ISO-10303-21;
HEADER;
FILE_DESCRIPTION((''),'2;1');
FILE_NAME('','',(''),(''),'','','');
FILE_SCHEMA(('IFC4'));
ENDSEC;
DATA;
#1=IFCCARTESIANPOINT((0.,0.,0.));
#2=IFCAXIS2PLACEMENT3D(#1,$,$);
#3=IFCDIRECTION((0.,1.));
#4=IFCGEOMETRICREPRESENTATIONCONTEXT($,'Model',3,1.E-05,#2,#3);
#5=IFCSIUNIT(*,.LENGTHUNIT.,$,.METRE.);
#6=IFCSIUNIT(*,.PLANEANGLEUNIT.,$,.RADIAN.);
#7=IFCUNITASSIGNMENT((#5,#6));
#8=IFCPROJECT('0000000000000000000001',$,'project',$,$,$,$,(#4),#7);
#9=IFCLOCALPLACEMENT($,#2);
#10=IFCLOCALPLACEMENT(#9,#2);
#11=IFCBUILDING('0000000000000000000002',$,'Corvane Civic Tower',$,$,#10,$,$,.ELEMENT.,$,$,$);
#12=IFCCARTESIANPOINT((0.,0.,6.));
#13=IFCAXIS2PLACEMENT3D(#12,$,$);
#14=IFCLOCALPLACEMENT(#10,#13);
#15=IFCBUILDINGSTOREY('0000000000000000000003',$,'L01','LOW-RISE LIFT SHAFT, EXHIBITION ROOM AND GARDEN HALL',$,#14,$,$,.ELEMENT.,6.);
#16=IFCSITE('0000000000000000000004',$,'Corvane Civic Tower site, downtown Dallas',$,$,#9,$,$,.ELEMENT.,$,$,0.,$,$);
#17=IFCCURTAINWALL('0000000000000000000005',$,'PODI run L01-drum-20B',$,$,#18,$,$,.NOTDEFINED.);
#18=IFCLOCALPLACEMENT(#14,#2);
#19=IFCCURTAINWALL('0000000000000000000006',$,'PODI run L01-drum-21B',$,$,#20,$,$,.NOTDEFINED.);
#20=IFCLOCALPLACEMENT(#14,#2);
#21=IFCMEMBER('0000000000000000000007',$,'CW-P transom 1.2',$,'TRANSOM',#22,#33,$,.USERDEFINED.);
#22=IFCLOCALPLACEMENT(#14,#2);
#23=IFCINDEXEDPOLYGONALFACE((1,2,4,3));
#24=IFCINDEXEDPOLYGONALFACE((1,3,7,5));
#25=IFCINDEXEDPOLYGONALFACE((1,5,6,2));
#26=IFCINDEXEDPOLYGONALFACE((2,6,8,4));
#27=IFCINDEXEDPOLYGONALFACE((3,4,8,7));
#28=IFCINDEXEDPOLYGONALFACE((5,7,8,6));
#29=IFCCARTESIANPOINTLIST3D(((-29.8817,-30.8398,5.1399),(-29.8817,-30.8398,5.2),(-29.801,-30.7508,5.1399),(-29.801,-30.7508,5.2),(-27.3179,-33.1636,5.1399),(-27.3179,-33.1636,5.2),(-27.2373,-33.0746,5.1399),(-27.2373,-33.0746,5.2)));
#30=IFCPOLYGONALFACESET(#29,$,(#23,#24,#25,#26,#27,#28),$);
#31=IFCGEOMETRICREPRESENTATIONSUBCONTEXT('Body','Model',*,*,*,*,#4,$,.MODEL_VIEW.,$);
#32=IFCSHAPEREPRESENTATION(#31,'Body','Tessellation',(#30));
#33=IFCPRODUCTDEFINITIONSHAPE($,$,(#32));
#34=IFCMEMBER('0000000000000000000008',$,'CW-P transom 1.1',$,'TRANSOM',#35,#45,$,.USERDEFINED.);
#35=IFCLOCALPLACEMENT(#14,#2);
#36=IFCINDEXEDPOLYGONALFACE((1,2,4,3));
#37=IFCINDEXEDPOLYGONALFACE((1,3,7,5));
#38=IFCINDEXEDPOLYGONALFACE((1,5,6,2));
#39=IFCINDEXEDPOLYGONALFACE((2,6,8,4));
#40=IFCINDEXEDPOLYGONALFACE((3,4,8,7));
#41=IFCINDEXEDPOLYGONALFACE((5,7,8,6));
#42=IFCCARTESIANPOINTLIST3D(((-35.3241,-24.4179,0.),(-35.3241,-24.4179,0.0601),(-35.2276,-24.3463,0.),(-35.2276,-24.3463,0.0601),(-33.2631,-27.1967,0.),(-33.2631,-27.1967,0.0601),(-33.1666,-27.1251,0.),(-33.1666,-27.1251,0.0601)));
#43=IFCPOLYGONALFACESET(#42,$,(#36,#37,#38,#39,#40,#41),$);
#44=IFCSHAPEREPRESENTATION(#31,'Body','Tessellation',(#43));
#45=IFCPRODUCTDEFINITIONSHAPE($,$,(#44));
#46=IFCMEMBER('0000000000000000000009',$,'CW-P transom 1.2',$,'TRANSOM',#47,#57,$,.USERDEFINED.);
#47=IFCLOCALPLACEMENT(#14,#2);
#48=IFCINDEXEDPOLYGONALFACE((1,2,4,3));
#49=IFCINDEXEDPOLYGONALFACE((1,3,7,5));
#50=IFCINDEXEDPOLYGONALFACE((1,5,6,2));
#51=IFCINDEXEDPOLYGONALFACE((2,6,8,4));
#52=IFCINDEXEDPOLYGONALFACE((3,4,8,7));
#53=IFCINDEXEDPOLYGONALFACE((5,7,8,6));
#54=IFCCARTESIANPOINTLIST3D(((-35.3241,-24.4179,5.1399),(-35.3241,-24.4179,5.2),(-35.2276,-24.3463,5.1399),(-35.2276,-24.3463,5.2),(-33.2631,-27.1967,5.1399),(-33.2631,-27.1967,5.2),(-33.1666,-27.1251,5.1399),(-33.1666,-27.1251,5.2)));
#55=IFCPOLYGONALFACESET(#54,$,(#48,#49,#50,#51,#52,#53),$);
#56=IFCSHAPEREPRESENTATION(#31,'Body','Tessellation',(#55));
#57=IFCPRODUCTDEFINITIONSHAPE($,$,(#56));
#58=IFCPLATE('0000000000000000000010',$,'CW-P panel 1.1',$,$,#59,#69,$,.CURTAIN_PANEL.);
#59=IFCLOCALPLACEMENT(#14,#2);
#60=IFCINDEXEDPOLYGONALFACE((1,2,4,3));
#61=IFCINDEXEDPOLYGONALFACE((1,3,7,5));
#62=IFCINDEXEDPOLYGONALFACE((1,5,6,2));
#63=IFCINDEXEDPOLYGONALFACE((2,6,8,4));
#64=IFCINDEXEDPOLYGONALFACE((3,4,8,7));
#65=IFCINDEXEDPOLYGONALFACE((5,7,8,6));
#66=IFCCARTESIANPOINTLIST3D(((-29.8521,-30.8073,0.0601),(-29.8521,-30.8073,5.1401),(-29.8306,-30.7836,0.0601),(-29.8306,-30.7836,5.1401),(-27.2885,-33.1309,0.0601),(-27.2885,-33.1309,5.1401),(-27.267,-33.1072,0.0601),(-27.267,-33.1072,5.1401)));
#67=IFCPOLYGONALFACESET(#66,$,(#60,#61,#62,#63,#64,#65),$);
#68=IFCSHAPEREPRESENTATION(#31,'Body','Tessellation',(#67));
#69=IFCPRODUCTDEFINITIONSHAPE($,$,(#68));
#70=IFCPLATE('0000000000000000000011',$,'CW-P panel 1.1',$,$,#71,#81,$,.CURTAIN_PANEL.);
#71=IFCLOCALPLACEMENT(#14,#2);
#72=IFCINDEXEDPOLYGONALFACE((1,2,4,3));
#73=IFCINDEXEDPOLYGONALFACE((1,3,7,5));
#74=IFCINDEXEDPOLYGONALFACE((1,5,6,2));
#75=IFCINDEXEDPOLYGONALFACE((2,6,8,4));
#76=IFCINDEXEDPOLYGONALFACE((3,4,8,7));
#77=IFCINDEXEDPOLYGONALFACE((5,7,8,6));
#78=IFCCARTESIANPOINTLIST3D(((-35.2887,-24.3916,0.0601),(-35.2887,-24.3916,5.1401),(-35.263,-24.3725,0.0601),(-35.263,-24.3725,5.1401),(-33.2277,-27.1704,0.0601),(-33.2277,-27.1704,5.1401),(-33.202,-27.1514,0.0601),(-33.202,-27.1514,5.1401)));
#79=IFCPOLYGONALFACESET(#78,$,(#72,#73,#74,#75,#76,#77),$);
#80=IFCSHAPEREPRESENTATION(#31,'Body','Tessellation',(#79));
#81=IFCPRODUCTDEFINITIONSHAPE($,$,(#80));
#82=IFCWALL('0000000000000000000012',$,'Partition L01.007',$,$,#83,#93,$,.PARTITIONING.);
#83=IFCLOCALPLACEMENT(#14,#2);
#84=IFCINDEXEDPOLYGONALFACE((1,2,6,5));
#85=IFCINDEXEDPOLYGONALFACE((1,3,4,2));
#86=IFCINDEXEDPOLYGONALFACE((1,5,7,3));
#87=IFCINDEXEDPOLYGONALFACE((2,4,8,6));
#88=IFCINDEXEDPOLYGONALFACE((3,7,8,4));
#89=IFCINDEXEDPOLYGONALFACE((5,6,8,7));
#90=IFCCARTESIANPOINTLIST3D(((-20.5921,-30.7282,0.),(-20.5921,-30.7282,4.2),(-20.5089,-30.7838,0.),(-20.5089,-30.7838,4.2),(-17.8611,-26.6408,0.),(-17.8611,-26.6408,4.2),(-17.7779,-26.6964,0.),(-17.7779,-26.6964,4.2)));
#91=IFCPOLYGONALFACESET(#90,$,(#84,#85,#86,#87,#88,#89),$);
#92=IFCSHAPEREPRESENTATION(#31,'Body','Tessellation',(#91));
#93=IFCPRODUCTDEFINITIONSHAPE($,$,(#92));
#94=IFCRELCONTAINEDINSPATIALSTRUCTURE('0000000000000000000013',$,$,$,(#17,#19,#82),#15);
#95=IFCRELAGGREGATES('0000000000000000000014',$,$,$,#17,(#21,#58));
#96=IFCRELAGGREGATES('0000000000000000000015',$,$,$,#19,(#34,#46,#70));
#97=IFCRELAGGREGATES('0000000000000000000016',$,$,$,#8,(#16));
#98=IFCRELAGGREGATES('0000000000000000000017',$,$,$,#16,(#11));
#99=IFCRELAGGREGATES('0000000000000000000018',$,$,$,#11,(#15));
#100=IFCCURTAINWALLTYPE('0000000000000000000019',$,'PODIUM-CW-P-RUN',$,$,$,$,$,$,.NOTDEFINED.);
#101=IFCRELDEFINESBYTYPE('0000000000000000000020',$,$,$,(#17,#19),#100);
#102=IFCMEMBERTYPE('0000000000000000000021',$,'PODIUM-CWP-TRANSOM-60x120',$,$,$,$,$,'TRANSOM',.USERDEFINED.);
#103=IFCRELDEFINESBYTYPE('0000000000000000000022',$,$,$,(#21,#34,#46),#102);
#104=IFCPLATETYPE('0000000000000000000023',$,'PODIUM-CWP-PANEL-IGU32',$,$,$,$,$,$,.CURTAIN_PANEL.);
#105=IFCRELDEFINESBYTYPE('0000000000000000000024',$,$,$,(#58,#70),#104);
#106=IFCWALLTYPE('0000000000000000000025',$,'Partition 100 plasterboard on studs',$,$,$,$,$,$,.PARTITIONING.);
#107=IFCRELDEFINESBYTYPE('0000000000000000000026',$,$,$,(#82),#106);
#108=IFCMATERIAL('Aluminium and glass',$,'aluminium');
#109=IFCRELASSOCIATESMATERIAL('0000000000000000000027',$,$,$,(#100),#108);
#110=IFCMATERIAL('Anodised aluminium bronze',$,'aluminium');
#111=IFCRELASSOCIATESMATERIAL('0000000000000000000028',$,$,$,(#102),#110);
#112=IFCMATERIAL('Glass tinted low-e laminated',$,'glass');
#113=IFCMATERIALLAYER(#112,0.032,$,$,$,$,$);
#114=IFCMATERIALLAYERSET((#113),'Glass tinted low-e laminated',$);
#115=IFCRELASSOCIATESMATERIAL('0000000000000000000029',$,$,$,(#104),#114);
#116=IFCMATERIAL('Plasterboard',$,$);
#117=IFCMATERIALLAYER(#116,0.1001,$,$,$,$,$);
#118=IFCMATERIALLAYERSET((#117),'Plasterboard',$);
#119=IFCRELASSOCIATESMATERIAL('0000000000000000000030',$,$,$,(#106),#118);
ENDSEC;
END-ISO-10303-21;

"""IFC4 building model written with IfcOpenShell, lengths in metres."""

from ifc_helpers import new_model, si_unit, direction, frame, frame_2d, origin, origin_2d, place, context, subcontext, project, spatial, rectangle, extrude, material, layer, layer_set, material_profile, profile_set, type_object, element, aggregate, save


model = new_model("IFC4")

# Units and contexts
model_context = context("Model", 3, precision=1e-05, world=origin(), true_north=direction((0.0, 1.0)))
body_context = subcontext(model_context, "Body", "Model", "MODEL_VIEW")
ifc_project = project(units=[si_unit("LENGTHUNIT", "METRE"), si_unit("PLANEANGLEUNIT", "RADIAN")], contexts=[model_context])

# Site, building, storey
site_placement = place(None, origin())
site = spatial("IfcSite", under=ifc_project, at=site_placement, Name="Corvane Civic Tower site, downtown Dallas", CompositionType="ELEMENT", RefElevation=0.0)
building_placement = place(site_placement, origin())
building = spatial("IfcBuilding", under=site, at=building_placement, Name="Corvane Civic Tower", CompositionType="ELEMENT")
storey_placement = place(building_placement, frame((0.0, 0.0, 6.0)))
storey = spatial("IfcBuildingStorey", under=building, at=storey_placement, Name="L01", Description="LOW-RISE LIFT SHAFT, EXHIBITION ROOM AND GARDEN HALL", CompositionType="ELEMENT", Elevation=6.0)

# Curtain wall
ifc_material_1 = material(Name="Aluminium and glass", Category="aluminium")
curtain_wall_type = type_object("IfcCurtainWallType", Name="PODIUM-CW-P-RUN", PredefinedType="NOTDEFINED", material=ifc_material_1)
curtain_wall_1_placement = place(storey_placement, origin())
curtain_wall_1 = element("IfcCurtainWall", 1, at=curtain_wall_1_placement, inside=storey, type_object=curtain_wall_type, Name="PODI run L01-drum-20B", PredefinedType="NOTDEFINED")

# Curtain wall
curtain_wall_2_placement = place(storey_placement, origin())
curtain_wall_2 = element("IfcCurtainWall", 2, at=curtain_wall_2_placement, inside=storey, type_object=curtain_wall_type, Name="PODI run L01-drum-21B", PredefinedType="NOTDEFINED")

# Members
ifc_material_2 = material(Name="Anodised aluminium bronze", Category="aluminium")
ifc_material_profile_1 = material_profile(ifc_material_2, rectangle(XDim=0.1201, YDim=0.0601, at=origin_2d()), Name="AL 120x60")
ifc_profile_set_1 = profile_set([ifc_material_profile_1], Name="Anodised aluminium bronze")
member_type_1 = type_object("IfcMemberType", Name="PODIUM-CWP-TRANSOM-60x120", ElementType="TRANSOM", PredefinedType="USERDEFINED", material=ifc_profile_set_1)
member_1_placement = place(storey_placement, frame((-27.2776, -33.1191, 5.1699), z_axis=(-0.740935, 0.671576, 0.0), x_axis=(-0.671576, -0.740935, 0.0)))
member_1 = element("IfcMember", 3, at=member_1_placement, type_object=member_type_1, Name="CW-P transom 1.2", ObjectType="TRANSOM", PredefinedType="USERDEFINED", context=body_context, shape_type="SweptSolid", body=[
    extrude(rectangle(XDim=0.1201, YDim=0.0601, at=origin_2d()), origin(), (0.0, 0.0, 1.0), 3.4602),
])
member_2_placement = place(storey_placement, frame((-33.2148, -27.1609, 0.03), z_axis=(-0.595724, 0.80319, 0.0), x_axis=(-0.80319, -0.595724, 0.0)))
member_2 = element("IfcMember", 4, at=member_2_placement, type_object=member_type_1, Name="CW-P transom 1.1", ObjectType="TRANSOM", PredefinedType="USERDEFINED", context=body_context, shape_type="SweptSolid", body=[
    extrude(rectangle(XDim=0.1201, YDim=0.0601, at=origin_2d()), origin(), (0.0, 0.0, 1.0), 3.4597),
])
member_3_placement = place(storey_placement, frame((-33.2148, -27.1609, 5.1699), z_axis=(-0.595724, 0.80319, 0.0), x_axis=(-0.80319, -0.595724, 0.0)))
member_3 = element("IfcMember", 5, at=member_3_placement, type_object=member_type_1, Name="CW-P transom 1.2", ObjectType="TRANSOM", PredefinedType="USERDEFINED", context=body_context, shape_type="SweptSolid", body=[
    extrude(rectangle(XDim=0.1201, YDim=0.0601, at=origin_2d()), origin(), (0.0, 0.0, 1.0), 3.4597),
])

# Plates
ifc_material_3 = material(Name="Glass tinted low-e laminated", Category="glass")
ifc_layer_1 = layer(ifc_material_3, 0.032)
ifc_layer_set_1 = layer_set([ifc_layer_1], Name="Glass tinted low-e laminated")
plate_type = type_object("IfcPlateType", Name="PODIUM-CWP-PANEL-IGU32", PredefinedType="CURTAIN_PANEL", material=ifc_layer_set_1)
plate_1_placement = place(storey_placement, frame((-28.5596, -31.9573, 0.0601), z_axis=(0.0, 0.0, 1.0), x_axis=(-0.740935, 0.671576, 0.0)))
plate_1 = element("IfcPlate", 6, at=plate_1_placement, type_object=plate_type, Name="CW-P panel 1.1", PredefinedType="CURTAIN_PANEL", context=body_context, shape_type="SweptSolid", body=[
    extrude(rectangle(XDim=3.46, YDim=0.032, at=origin_2d()), origin(), (0.0, 0.0, 1.0), 5.0801),
])
aggregate(curtain_wall_1, [member_1, plate_1])
plate_2_placement = place(storey_placement, frame((-34.2454, -25.7715, 0.0601), z_axis=(0.0, 0.0, 1.0), x_axis=(-0.595705, 0.803203, 0.0)))
plate_2 = element("IfcPlate", 7, at=plate_2_placement, type_object=plate_type, Name="CW-P panel 1.1", PredefinedType="CURTAIN_PANEL", context=body_context, shape_type="SweptSolid", body=[
    extrude(rectangle(XDim=3.4597, YDim=0.032, at=origin_2d()), origin(), (0.0, 0.0, 1.0), 5.0801),
])
aggregate(curtain_wall_2, [member_2, member_3, plate_2])

# Wall
ifc_material_4 = material(Name="Plasterboard")
ifc_layer_2 = layer(ifc_material_4, 0.1001)
ifc_layer_set_2 = layer_set([ifc_layer_2], Name="Plasterboard")
wall_type_1 = type_object("IfcWallType", Name="Partition 100 plasterboard on studs", PredefinedType="PARTITIONING", material=ifc_layer_set_2)
wall_1_placement = place(storey_placement, frame((-20.5505, -30.7561, 0.0), z_axis=(0.0, 0.0, 1.0), x_axis=(0.555548, 0.831484, 0.0)))
element("IfcWall", 8, at=wall_1_placement, inside=storey, type_object=wall_type_1, Name="Partition L01.007", PredefinedType="PARTITIONING", context=body_context, shape_type="SweptSolid", body=[
    extrude(rectangle(XDim=4.9158, YDim=0.1001, at=frame_2d((2.458, 0.0))), origin(), (0.0, 0.0, 1.0), 4.2),
])

save(model, "model.ifc")
